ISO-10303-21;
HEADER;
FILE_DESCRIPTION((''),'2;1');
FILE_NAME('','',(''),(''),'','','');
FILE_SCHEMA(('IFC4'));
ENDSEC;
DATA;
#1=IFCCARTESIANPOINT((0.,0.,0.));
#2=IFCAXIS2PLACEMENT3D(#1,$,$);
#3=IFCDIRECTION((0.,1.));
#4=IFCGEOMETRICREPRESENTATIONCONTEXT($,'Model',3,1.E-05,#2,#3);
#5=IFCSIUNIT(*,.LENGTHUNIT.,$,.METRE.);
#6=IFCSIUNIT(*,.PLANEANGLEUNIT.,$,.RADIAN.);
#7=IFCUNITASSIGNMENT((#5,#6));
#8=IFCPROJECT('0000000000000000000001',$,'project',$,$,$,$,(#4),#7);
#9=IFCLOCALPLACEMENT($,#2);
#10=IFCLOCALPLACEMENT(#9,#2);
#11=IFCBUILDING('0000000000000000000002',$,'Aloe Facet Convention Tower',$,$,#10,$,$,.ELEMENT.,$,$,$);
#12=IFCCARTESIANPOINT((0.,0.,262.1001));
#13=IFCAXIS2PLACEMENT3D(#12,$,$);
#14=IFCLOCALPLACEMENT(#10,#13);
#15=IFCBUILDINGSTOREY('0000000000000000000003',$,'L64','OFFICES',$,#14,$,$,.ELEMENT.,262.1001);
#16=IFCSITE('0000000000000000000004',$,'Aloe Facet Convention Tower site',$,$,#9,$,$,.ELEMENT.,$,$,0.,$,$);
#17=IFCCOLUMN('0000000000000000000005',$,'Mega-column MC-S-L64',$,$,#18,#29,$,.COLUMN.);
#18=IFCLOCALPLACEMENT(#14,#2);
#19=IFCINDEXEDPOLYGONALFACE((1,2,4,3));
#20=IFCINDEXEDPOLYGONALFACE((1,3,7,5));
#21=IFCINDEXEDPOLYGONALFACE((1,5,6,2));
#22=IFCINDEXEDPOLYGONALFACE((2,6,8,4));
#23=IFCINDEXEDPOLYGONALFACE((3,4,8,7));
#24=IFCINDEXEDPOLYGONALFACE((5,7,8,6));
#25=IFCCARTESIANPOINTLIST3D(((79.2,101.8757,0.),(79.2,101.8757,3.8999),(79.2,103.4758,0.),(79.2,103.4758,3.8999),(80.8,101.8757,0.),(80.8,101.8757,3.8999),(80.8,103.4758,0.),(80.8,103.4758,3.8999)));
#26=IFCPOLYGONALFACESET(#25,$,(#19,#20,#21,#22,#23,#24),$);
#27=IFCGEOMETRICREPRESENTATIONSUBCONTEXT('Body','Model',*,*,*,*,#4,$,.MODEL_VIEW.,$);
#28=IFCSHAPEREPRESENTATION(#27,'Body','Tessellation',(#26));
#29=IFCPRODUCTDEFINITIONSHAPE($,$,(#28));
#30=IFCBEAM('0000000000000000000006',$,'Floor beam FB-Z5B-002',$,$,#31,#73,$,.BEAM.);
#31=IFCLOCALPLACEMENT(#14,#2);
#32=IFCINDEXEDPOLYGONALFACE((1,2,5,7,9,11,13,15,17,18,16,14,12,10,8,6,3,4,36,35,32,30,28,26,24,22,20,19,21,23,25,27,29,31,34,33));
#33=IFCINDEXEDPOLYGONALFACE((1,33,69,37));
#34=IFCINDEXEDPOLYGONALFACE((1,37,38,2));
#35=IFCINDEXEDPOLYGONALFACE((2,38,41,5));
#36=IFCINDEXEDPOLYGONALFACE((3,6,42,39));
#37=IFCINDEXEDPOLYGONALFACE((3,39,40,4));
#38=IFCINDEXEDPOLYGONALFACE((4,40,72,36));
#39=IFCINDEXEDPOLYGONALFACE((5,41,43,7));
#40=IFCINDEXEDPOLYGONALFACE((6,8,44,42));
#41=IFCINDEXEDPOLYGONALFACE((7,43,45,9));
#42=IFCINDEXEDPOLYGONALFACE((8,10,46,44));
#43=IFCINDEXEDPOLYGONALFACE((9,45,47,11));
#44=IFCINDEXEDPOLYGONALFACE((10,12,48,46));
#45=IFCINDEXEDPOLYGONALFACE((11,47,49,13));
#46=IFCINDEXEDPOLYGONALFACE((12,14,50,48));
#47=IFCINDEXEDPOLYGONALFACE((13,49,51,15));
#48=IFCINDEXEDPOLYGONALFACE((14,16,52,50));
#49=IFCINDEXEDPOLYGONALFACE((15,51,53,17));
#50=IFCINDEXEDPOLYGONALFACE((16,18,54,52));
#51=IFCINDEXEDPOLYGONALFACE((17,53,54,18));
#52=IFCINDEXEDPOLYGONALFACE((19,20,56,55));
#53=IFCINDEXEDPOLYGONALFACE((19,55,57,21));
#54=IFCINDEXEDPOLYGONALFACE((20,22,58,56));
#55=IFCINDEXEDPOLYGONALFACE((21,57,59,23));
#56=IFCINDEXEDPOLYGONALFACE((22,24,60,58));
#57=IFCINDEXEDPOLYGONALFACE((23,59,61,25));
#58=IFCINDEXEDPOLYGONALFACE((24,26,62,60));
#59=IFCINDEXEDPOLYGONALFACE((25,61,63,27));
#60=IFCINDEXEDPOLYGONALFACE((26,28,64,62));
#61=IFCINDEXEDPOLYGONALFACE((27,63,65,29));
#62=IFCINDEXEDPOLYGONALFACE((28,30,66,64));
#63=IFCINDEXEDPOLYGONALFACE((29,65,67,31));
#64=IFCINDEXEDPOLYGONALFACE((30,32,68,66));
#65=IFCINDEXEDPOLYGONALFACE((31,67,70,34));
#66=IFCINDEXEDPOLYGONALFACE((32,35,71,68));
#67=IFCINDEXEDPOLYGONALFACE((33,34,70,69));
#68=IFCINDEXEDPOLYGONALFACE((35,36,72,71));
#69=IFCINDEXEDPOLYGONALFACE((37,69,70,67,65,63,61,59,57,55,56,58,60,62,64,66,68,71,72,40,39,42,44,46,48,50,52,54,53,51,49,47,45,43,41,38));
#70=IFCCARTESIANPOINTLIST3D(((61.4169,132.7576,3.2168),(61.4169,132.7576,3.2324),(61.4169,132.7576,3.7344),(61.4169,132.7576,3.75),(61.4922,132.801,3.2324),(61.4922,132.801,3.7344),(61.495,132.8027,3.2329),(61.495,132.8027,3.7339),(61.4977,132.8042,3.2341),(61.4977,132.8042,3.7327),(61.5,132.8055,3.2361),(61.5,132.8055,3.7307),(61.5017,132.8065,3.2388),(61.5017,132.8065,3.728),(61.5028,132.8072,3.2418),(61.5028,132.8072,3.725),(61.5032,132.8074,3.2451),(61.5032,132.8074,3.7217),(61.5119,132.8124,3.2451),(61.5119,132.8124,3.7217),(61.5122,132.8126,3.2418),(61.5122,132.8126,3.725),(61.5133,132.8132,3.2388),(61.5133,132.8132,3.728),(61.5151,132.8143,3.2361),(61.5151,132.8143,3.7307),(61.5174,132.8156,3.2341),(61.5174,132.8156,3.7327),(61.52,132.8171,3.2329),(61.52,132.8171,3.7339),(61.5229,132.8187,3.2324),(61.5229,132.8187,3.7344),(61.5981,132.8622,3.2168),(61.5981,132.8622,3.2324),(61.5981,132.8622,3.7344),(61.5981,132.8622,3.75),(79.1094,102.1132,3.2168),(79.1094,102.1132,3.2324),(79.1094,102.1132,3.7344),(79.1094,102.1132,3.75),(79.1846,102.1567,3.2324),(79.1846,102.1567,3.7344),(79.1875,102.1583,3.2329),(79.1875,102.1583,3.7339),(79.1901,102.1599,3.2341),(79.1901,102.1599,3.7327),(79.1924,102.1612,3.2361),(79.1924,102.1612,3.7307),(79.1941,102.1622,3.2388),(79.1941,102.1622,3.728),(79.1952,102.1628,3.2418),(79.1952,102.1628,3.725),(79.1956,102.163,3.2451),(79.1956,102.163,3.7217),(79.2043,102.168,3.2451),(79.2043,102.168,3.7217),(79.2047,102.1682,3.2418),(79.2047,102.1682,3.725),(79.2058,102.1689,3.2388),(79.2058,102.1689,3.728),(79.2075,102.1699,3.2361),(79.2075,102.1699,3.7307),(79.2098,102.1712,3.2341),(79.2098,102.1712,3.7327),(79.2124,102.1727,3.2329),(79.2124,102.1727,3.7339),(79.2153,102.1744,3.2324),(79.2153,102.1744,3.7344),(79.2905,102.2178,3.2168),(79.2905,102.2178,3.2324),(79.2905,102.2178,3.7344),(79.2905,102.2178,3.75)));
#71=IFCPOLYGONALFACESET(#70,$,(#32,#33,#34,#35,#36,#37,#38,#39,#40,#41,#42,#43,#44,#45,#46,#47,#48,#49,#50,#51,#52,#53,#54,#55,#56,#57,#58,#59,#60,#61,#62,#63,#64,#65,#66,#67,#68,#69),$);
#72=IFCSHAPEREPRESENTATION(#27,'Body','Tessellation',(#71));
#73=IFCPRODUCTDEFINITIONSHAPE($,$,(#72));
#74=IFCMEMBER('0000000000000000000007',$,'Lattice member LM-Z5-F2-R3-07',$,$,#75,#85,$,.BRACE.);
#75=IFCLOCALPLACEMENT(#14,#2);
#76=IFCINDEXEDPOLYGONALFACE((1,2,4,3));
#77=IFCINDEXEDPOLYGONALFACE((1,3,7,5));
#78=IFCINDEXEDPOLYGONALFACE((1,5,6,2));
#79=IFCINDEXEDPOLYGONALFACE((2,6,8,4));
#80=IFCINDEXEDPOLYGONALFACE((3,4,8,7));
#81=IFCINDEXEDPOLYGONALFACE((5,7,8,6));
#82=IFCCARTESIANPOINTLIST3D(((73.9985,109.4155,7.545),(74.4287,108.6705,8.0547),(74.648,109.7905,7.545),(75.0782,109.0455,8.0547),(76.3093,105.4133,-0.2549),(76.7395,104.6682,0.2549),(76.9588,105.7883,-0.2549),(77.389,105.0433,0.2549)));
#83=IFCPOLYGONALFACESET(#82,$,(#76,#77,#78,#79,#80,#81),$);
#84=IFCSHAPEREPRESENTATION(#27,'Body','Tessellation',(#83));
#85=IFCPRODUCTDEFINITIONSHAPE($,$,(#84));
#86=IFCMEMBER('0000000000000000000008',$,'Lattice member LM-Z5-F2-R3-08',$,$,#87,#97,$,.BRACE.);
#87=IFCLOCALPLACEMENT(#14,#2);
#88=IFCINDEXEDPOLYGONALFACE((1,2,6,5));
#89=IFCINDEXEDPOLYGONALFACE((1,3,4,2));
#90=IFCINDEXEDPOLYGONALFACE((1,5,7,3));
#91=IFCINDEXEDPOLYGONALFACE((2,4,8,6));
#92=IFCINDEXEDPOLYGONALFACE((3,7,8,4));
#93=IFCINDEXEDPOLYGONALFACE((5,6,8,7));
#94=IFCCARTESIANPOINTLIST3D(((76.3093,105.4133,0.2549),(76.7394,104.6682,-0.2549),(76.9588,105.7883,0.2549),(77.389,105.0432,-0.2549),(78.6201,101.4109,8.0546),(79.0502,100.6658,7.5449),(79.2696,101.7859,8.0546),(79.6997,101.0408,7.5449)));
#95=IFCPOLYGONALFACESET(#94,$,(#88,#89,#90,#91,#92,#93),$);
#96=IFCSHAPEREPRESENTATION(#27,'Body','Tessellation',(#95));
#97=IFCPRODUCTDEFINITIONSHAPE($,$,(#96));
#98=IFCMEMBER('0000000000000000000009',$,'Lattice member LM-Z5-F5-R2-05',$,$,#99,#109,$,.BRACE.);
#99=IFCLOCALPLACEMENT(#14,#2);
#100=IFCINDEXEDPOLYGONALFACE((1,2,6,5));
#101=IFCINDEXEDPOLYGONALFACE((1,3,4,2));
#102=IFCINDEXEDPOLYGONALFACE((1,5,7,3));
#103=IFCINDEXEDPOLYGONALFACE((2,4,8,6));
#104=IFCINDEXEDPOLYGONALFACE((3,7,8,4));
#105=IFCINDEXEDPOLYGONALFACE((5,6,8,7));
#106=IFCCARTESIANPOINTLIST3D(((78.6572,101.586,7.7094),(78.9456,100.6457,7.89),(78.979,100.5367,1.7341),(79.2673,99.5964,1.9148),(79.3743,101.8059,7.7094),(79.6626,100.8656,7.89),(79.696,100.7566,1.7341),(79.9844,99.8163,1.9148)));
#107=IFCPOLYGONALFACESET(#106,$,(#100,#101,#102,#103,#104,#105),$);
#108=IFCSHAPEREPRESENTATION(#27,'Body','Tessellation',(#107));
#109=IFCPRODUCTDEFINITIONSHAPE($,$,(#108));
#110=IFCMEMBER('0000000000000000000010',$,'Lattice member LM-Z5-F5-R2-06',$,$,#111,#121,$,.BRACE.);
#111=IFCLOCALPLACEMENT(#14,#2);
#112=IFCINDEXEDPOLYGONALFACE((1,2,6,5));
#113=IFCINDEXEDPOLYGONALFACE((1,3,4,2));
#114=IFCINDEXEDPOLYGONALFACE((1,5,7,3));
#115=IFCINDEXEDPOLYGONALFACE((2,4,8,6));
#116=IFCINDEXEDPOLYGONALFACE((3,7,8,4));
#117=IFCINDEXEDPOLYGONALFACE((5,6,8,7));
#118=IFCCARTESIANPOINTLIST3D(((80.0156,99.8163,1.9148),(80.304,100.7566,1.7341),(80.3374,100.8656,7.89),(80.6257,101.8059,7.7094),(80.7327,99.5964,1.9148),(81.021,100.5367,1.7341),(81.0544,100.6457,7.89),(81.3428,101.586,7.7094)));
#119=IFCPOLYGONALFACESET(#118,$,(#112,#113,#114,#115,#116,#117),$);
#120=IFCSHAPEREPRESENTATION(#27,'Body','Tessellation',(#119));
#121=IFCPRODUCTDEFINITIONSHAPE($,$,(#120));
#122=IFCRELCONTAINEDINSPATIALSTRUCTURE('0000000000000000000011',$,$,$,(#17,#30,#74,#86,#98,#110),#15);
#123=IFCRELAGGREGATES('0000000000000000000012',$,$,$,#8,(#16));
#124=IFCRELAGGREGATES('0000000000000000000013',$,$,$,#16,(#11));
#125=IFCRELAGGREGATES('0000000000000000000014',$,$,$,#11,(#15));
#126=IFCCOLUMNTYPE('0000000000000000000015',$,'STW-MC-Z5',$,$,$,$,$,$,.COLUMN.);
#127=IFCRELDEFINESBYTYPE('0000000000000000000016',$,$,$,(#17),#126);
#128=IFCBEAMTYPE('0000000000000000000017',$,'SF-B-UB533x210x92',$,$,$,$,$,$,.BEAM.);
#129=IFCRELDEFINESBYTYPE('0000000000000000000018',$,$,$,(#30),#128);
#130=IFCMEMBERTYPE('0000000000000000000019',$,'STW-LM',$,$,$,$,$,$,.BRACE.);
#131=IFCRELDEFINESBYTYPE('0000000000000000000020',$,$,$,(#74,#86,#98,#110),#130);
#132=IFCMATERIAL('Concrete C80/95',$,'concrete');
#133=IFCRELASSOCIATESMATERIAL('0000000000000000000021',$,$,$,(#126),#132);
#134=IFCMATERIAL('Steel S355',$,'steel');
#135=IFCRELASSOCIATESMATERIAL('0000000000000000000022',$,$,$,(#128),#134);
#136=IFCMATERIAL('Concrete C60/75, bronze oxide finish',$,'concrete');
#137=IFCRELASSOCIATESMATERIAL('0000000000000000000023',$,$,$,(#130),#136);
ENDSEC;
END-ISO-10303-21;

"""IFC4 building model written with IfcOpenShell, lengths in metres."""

from ifc_helpers import new_model, si_unit, direction, frame, origin, origin_2d, place, context, subcontext, project, spatial, rectangle, i_section, extrude, material, material_profile, profile_set, type_object, element, save


model = new_model("IFC4")

# Units and contexts
model_context = context("Model", 3, precision=1e-05, world=origin(), true_north=direction((0.0, 1.0)))
body_context = subcontext(model_context, "Body", "Model", "MODEL_VIEW")
ifc_project = project(units=[si_unit("LENGTHUNIT", "METRE"), si_unit("PLANEANGLEUNIT", "RADIAN")], contexts=[model_context])

# Site, building, storey
site_placement = place(None, origin())
site = spatial("IfcSite", under=ifc_project, at=site_placement, Name="Aloe Facet Convention Tower site", CompositionType="ELEMENT", RefElevation=0.0)
building_placement = place(site_placement, origin())
building = spatial("IfcBuilding", under=site, at=building_placement, Name="Aloe Facet Convention Tower", CompositionType="ELEMENT")
storey_placement = place(building_placement, frame((0.0, 0.0, 262.1001)))
storey = spatial("IfcBuildingStorey", under=building, at=storey_placement, Name="L64", Description="OFFICES", CompositionType="ELEMENT", Elevation=262.1001)

# Column
ifc_material_1 = material(Name="Concrete C80/95", Category="concrete")
ifc_material_profile_1 = material_profile(ifc_material_1, rectangle(XDim=1.6001, YDim=1.6001, at=origin_2d()), Name="STW-MC-Z5")
ifc_profile_set_1 = profile_set([ifc_material_profile_1], Name="Concrete C80/95")
column_type = type_object("IfcColumnType", Name="STW-MC-Z5", PredefinedType="COLUMN", material=ifc_profile_set_1)
column_placement = place(storey_placement, frame((80.0, 102.6758, 0.0), z_axis=(0.0, 0.0, 1.0), x_axis=(1.0, 0.0, 0.0)))
element("IfcColumn", 1, at=column_placement, inside=storey, type_object=column_type, Name="Mega-column MC-S-L64", PredefinedType="COLUMN", context=body_context, shape_type="SweptSolid", body=[
    extrude(rectangle(XDim=1.6001, YDim=1.6001, at=origin_2d()), origin(), (0.0, 0.0, 1.0), 3.8999),
])

# Beam
ifc_material_2 = material(Name="Steel S355", Category="steel")
ifc_material_profile_2 = material_profile(ifc_material_2, i_section(OverallWidth=0.2092, OverallDepth=0.5332, WebThickness=0.01, FlangeThickness=0.0156, FilletRadius=0.0127, at=origin_2d()), Name="UB 533x210x92")
ifc_profile_set_2 = profile_set([ifc_material_profile_2], Name="Steel S355")
beam_type = type_object("IfcBeamType", Name="SF-B-UB533x210x92", PredefinedType="BEAM", material=ifc_profile_set_2)
beam_placement = place(storey_placement, frame((79.2, 102.1655, 3.4834), z_axis=(-0.499998, 0.866027, 0.0), x_axis=(-0.866027, -0.499998, 0.0)))
element("IfcBeam", 2, at=beam_placement, inside=storey, type_object=beam_type, Name="Floor beam FB-Z5B-002", PredefinedType="BEAM", context=body_context, shape_type="SweptSolid", body=[
    extrude(i_section(OverallWidth=0.2092, OverallDepth=0.5332, WebThickness=0.01, FlangeThickness=0.0156, FilletRadius=0.0127, at=origin_2d()), origin(), (0.0, 0.0, 1.0), 35.385),
])

# Members
ifc_material_3 = material(Name="Concrete C60/75, bronze oxide finish", Category="concrete")
ifc_material_profile_3 = material_profile(ifc_material_3, rectangle(XDim=0.75, YDim=1.0, at=origin_2d()), Name="STW-LM")
ifc_profile_set_3 = profile_set([ifc_material_profile_3], Name="Concrete C60/75, bronze oxide finish")
member_type = type_object("IfcMemberType", Name="STW-LM", PredefinedType="BRACE", material=ifc_profile_set_3)
for number, where, z_axis, x_axis, name in (
    (3, (76.8491, 105.2283, 0.0), (-0.254882, 0.441446, 0.860326), (-0.866014, -0.50002, 0.0), "Lattice member LM-Z5-F2-R3-07"),
    (4, (76.8491, 105.2283, 0.0), (0.254879, -0.441468, 0.860315), (0.866027, 0.499997, 0.0), "Lattice member LM-Z5-F2-R3-08"),
):
    element("IfcMember", number, at=place(storey_placement, frame(where, z_axis=z_axis, x_axis=x_axis)), inside=storey, type_object=member_type, Name=name, PredefinedType="BRACE", context=body_context, shape_type="SweptSolid", body=[
        extrude(rectangle(XDim=0.75, YDim=1.0, at=origin_2d()), origin(), (0.0, 0.0, 1.0), 9.0662),
    ])
for number, where, z_axis, x_axis, name in (
    (5, (79.4817, 100.1765, 1.8245), (-0.052965, 0.172718, 0.983546), (-0.956058, -0.293179, 0.0), "Lattice member LM-Z5-F5-R2-05"),
    (6, (80.5183, 100.1765, 1.8245), (0.052965, 0.172718, 0.983546), (-0.956058, 0.293179, 0.0), "Lattice member LM-Z5-F5-R2-06"),
):
    element("IfcMember", number, at=place(storey_placement, frame(where, z_axis=z_axis, x_axis=x_axis)), inside=storey, type_object=member_type, Name=name, PredefinedType="BRACE", context=body_context, shape_type="SweptSolid", body=[
        extrude(rectangle(XDim=0.75, YDim=1.0, at=origin_2d()), origin(), (0.0, 0.0, 1.0), 6.0752),
    ])

save(model, "model.ifc")
